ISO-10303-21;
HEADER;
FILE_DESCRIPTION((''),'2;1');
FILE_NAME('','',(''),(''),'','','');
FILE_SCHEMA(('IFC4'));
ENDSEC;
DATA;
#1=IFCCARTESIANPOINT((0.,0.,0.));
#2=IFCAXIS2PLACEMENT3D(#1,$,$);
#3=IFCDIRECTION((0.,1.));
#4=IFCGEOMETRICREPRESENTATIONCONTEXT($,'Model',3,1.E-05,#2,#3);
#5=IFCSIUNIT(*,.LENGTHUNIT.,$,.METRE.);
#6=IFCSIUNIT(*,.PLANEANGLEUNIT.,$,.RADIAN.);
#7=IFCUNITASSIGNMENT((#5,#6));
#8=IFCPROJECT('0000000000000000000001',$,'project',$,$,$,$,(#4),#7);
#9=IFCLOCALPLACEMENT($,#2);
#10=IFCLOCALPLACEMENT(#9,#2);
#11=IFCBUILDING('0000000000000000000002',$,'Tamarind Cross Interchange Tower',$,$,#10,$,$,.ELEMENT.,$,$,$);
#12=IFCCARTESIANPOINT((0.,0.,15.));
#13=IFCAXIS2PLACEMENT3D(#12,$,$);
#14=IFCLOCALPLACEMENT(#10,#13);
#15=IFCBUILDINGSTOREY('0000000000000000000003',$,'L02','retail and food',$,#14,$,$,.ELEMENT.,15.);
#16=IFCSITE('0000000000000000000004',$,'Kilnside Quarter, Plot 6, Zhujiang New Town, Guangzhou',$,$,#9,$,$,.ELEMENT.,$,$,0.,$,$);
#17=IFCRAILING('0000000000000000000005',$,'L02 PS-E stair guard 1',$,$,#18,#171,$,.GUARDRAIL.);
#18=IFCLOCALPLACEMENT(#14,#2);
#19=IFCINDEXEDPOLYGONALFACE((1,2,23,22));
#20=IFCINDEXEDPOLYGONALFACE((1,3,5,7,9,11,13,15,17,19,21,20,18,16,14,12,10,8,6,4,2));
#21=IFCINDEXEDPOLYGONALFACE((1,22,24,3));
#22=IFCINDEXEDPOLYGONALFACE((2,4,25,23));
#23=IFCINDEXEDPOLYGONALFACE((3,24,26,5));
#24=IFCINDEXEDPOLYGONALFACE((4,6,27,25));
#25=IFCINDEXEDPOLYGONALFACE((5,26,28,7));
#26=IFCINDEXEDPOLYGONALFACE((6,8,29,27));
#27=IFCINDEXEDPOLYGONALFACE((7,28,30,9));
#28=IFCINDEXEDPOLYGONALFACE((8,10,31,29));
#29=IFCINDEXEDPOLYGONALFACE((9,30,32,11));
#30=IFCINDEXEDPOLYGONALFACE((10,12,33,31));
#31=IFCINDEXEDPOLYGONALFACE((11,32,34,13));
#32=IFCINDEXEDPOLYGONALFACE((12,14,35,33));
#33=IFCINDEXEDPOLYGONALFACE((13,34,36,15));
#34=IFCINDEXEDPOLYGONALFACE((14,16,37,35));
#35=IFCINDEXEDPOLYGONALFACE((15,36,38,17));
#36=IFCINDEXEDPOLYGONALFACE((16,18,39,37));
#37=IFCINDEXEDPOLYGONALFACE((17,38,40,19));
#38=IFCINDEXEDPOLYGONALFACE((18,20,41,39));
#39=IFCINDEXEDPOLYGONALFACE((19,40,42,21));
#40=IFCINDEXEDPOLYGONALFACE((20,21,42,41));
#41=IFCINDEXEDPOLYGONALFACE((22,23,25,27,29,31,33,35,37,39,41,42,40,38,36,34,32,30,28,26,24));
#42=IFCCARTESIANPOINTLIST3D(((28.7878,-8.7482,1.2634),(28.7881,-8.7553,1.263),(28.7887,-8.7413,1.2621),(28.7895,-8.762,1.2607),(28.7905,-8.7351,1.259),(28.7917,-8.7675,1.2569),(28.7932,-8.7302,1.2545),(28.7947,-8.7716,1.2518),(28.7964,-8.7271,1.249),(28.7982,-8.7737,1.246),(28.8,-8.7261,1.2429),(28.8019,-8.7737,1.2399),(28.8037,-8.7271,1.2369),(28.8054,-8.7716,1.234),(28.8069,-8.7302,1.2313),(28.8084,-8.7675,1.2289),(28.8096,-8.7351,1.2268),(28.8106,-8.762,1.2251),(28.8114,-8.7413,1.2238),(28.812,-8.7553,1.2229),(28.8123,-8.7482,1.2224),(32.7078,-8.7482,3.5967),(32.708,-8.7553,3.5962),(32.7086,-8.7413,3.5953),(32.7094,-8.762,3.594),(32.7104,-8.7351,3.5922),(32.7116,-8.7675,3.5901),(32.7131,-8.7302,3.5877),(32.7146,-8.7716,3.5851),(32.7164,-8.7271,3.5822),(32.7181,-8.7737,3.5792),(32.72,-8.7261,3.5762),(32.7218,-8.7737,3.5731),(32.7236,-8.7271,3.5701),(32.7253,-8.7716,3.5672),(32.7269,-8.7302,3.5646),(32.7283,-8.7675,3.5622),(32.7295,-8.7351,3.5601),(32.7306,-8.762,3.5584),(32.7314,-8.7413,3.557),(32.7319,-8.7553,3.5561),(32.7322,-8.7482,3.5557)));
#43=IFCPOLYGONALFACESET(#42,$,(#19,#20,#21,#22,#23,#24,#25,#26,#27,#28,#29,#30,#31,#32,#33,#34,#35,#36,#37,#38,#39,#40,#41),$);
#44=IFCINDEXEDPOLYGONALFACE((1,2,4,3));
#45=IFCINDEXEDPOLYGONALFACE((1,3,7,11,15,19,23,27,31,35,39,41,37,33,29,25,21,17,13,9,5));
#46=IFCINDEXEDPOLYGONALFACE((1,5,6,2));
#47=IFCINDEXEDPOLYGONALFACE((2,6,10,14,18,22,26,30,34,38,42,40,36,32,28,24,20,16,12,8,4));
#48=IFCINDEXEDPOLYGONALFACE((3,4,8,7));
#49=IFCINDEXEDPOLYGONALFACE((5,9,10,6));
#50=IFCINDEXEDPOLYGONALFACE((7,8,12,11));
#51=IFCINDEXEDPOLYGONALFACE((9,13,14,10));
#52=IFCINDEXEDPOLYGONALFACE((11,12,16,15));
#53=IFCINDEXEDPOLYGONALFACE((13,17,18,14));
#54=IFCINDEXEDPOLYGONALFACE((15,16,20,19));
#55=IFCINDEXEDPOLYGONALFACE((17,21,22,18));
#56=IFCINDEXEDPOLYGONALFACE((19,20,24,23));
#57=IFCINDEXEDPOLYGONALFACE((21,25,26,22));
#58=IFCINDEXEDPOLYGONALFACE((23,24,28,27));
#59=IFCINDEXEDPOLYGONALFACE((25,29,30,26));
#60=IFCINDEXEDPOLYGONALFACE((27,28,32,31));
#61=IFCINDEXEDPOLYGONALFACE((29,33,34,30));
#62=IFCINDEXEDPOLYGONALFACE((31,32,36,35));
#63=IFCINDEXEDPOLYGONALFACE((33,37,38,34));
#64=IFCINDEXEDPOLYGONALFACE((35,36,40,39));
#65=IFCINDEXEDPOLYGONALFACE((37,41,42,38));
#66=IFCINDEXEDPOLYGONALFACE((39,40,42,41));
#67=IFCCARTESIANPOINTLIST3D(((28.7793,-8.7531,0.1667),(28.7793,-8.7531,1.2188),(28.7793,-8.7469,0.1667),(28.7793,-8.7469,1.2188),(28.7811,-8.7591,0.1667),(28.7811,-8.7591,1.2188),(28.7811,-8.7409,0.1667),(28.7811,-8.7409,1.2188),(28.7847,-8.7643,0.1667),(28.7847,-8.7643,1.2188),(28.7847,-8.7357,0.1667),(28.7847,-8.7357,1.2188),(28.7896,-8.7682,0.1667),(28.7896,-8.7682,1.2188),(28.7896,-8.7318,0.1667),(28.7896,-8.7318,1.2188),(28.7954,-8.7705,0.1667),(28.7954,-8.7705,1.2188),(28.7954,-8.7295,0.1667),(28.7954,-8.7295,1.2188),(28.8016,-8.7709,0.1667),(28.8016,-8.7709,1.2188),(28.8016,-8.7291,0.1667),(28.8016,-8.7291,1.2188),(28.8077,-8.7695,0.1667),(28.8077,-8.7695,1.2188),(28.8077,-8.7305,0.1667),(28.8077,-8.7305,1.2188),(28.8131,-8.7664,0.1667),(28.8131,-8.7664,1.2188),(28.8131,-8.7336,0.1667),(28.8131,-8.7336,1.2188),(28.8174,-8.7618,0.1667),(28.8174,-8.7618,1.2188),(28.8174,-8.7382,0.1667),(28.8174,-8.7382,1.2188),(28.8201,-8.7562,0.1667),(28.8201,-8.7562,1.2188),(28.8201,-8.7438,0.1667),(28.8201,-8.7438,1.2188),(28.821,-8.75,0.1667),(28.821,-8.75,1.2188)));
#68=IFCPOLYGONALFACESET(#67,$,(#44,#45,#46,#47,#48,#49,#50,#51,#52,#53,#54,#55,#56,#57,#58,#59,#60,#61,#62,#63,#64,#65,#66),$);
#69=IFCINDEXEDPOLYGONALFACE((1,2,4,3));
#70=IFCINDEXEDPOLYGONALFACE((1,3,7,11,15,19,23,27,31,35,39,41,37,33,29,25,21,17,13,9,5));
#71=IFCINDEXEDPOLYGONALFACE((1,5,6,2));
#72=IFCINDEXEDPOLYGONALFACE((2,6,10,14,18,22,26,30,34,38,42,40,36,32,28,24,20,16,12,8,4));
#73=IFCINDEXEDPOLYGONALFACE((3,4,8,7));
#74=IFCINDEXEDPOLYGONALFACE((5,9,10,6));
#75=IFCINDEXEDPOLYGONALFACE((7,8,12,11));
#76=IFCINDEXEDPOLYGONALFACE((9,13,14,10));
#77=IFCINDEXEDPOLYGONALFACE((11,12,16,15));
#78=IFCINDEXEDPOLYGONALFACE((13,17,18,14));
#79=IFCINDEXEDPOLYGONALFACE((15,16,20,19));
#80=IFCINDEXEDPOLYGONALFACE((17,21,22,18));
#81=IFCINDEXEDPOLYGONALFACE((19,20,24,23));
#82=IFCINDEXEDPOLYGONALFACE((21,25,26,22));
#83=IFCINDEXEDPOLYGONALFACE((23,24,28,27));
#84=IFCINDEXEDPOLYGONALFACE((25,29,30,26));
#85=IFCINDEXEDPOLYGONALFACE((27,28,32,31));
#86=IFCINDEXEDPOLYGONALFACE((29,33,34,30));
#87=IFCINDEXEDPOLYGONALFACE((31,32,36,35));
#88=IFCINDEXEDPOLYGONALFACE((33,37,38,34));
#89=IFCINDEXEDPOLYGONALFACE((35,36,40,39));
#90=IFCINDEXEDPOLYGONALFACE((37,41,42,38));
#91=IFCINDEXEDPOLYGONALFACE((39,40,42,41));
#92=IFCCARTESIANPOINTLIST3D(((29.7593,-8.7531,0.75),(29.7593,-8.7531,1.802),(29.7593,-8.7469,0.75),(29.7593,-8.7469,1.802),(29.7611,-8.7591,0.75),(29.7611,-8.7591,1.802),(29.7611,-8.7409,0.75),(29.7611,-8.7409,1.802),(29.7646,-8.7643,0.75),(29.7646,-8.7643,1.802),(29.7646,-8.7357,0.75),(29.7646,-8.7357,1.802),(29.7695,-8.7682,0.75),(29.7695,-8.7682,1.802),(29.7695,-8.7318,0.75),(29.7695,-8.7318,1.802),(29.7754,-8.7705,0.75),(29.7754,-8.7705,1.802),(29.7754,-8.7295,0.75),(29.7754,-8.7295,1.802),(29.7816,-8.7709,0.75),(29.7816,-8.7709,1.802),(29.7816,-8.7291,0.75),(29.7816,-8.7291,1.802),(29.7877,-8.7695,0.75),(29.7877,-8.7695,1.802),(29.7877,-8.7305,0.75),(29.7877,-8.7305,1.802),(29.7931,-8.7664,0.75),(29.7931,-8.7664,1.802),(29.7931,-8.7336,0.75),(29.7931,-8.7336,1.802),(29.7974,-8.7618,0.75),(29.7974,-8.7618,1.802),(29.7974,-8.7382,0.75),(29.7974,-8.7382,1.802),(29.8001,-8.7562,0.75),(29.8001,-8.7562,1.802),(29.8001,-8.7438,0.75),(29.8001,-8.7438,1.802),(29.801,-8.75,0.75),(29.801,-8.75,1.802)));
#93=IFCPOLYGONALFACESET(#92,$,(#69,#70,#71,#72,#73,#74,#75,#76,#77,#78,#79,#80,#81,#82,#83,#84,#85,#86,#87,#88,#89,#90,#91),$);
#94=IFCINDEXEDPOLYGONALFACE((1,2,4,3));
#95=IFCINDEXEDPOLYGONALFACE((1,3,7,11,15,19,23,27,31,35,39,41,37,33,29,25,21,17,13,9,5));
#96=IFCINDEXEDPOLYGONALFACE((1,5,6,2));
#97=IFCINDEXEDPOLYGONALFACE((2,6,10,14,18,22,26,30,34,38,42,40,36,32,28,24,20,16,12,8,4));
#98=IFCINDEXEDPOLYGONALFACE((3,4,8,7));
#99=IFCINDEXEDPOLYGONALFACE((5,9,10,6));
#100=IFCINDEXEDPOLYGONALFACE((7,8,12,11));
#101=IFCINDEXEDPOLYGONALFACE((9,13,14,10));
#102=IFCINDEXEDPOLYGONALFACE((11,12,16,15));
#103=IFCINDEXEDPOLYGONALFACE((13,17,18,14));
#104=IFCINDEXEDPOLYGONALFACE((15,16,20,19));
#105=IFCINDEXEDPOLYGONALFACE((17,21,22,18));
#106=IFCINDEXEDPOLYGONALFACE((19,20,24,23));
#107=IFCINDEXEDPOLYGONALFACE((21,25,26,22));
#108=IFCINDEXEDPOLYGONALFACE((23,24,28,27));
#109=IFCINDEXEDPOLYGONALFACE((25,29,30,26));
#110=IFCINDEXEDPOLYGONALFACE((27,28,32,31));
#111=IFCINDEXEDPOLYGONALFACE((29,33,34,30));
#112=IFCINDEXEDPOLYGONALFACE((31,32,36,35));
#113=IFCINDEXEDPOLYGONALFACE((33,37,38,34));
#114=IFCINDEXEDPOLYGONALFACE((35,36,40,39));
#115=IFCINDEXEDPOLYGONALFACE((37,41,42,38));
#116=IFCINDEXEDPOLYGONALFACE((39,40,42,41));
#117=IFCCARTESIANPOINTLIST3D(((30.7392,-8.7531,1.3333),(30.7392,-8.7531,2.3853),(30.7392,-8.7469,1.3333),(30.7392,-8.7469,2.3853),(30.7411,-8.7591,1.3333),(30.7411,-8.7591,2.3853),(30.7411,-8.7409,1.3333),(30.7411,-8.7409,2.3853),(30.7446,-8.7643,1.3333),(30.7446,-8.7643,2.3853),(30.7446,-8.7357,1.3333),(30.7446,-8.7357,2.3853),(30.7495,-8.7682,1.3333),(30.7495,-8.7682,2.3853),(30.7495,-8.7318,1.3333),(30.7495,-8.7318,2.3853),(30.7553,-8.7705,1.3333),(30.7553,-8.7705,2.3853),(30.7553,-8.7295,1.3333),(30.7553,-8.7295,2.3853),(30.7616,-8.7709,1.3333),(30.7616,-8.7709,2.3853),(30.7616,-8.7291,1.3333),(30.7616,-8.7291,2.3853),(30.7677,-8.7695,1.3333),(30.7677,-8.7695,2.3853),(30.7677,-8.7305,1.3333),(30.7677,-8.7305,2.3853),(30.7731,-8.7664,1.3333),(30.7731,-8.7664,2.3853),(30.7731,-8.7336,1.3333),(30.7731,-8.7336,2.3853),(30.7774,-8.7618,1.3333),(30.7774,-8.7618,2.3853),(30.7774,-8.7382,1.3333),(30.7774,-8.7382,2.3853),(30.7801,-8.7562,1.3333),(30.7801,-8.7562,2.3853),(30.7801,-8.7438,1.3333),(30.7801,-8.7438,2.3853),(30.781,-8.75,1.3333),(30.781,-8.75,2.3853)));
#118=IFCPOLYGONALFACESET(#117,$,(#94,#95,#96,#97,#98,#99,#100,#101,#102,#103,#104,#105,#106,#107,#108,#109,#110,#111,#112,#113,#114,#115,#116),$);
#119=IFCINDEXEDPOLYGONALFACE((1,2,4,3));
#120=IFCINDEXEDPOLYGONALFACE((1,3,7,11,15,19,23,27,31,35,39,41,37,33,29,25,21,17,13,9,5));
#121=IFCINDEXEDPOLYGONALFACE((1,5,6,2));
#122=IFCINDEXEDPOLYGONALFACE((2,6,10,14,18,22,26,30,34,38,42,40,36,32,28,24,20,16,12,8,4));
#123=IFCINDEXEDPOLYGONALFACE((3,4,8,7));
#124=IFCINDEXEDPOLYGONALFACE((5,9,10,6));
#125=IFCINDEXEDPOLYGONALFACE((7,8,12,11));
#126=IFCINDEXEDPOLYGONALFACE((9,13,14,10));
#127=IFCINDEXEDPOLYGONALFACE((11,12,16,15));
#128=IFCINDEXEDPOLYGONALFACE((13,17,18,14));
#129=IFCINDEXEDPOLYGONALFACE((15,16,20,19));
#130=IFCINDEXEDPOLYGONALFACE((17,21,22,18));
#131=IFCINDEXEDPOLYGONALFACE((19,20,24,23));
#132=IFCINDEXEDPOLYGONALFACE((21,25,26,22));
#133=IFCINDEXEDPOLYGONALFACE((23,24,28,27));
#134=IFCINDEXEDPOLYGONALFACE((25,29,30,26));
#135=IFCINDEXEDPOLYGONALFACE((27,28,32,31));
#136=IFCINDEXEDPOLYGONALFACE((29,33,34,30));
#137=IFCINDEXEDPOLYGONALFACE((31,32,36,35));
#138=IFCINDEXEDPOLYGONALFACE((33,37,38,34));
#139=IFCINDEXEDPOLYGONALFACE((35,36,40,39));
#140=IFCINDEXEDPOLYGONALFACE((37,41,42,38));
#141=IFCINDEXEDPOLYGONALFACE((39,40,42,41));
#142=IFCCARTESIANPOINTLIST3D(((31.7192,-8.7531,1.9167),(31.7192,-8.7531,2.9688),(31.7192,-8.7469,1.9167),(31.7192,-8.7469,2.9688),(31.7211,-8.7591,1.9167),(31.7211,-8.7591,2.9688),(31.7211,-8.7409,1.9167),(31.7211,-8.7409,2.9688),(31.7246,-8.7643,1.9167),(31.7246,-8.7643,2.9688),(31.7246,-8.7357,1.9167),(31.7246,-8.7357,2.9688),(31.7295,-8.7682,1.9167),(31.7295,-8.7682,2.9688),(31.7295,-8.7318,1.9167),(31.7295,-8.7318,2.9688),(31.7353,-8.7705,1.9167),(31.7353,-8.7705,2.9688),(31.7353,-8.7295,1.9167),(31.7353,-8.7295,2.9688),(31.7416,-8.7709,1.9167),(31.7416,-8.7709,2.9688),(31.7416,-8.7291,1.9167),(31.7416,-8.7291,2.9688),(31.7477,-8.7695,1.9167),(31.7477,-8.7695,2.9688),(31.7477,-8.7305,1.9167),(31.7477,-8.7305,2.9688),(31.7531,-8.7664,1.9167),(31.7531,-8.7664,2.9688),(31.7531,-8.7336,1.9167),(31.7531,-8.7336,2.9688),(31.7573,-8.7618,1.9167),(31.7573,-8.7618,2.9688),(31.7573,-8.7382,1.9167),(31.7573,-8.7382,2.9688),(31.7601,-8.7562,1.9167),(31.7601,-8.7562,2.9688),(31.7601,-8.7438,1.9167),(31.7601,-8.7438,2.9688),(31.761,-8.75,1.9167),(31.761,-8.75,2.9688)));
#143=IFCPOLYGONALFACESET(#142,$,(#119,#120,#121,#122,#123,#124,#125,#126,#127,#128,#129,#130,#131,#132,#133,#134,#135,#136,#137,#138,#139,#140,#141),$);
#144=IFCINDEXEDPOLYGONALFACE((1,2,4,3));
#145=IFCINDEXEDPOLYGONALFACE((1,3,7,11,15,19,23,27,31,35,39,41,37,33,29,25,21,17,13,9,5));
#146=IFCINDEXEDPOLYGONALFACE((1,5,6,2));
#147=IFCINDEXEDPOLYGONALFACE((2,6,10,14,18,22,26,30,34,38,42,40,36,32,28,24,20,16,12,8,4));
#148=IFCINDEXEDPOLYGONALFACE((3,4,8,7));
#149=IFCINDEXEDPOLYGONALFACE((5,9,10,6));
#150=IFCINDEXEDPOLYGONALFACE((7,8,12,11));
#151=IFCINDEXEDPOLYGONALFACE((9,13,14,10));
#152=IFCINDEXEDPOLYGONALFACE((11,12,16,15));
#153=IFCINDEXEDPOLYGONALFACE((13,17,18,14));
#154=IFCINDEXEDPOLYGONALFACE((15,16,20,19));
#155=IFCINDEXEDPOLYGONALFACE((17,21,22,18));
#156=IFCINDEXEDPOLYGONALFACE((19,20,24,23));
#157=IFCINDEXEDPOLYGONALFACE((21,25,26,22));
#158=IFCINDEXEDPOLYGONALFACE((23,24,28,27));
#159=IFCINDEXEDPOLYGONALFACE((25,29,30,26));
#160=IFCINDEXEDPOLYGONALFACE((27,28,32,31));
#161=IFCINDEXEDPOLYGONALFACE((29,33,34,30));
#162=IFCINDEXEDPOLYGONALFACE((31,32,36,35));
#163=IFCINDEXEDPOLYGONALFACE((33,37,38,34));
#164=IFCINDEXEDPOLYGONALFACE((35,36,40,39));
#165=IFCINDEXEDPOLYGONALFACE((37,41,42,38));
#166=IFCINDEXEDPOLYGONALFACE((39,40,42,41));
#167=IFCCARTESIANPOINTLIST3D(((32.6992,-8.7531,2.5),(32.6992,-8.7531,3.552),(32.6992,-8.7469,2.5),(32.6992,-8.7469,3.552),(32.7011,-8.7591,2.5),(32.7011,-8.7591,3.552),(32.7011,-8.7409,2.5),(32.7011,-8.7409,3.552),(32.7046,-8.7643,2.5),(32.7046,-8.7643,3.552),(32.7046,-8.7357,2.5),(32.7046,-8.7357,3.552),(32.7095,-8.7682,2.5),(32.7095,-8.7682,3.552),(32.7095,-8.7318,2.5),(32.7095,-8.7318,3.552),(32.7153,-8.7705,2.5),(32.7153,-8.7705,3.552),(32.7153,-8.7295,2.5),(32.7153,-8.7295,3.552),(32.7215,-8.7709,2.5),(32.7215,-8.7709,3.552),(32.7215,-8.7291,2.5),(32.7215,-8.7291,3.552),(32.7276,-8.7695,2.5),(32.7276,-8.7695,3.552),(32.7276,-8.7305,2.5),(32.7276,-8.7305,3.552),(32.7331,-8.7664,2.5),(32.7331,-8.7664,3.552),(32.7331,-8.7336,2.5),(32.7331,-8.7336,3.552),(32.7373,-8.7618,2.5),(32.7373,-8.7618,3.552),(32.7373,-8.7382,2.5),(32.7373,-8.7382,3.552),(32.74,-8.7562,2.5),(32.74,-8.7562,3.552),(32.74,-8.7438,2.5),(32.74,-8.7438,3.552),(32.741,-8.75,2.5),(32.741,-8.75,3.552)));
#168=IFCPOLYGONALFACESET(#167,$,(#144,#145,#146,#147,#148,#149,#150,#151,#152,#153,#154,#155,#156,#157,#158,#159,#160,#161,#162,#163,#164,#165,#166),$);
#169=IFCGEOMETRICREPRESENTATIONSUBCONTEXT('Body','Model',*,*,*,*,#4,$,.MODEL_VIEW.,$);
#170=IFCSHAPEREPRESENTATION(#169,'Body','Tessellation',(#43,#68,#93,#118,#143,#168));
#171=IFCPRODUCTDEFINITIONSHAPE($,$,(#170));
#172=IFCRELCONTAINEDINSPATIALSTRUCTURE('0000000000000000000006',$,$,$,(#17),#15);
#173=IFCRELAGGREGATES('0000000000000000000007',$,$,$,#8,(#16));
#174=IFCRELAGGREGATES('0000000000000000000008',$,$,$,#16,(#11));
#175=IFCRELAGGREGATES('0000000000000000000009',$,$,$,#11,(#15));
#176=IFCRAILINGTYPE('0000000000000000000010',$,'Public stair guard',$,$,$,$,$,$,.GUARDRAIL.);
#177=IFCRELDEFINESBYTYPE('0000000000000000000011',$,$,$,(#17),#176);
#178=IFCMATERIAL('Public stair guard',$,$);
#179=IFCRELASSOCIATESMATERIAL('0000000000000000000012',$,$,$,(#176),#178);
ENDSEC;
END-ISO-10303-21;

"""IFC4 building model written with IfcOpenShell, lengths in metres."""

from ifc_helpers import new_model, si_unit, direction, frame, origin, origin_2d, place, context, subcontext, project, spatial, circle, extrude, material, type_object, element, save


model = new_model("IFC4")

# Units and contexts
model_context = context("Model", 3, precision=1e-05, world=origin(), true_north=direction((0.0, 1.0)))
body_context = subcontext(model_context, "Body", "Model", "MODEL_VIEW")
ifc_project = project(units=[si_unit("LENGTHUNIT", "METRE"), si_unit("PLANEANGLEUNIT", "RADIAN")], contexts=[model_context])

# Site, building, storey
site_placement = place(None, origin())
site = spatial("IfcSite", under=ifc_project, at=site_placement, Name="Kilnside Quarter, Plot 6, Zhujiang New Town, Guangzhou", CompositionType="ELEMENT", RefElevation=0.0)
building_placement = place(site_placement, origin())
building = spatial("IfcBuilding", under=site, at=building_placement, Name="Tamarind Cross Interchange Tower", CompositionType="ELEMENT")
storey_placement = place(building_placement, frame((0.0, 0.0, 15.0)))
storey = spatial("IfcBuildingStorey", under=building, at=storey_placement, Name="L02", Description="retail and food", CompositionType="ELEMENT", Elevation=15.0)

# Railing
ifc_material_1 = material(Name="Public stair guard")
railing_type_1 = type_object("IfcRailingType", Name="Public stair guard", PredefinedType="GUARDRAIL", material=ifc_material_1)
railing_1_placement = place(storey_placement, frame((28.8, -8.75, 0.1667)))
element("IfcRailing", 1, at=railing_1_placement, inside=storey, type_object=railing_type_1, Name="L02 PS-E stair guard 1", PredefinedType="GUARDRAIL", context=body_context, shape_type="SweptSolid", body=[
    extrude(circle(Radius=0.0239, at=origin_2d()), frame((0.0, 0.0, 1.0762), z_axis=(0.859296, 0.0, 0.511478), x_axis=(0.0, 1.0, 0.0)), (0.0, 0.0, 1.0), 4.5618),
    extrude(circle(Radius=0.021, at=origin_2d()), origin(), (0.0, 0.0, 1.0), 1.052),
    extrude(circle(Radius=0.021, at=origin_2d()), frame((0.98, 0.0, 0.5833)), (0.0, 0.0, 1.0), 1.052),
    extrude(circle(Radius=0.021, at=origin_2d()), frame((1.96, 0.0, 1.1665)), (0.0, 0.0, 1.0), 1.052),
    extrude(circle(Radius=0.021, at=origin_2d()), frame((2.9399, 0.0, 1.75)), (0.0, 0.0, 1.0), 1.052),
    extrude(circle(Radius=0.021, at=origin_2d()), frame((3.9199, 0.0, 2.3333)), (0.0, 0.0, 1.0), 1.052),
])

save(model, "model.ifc")
